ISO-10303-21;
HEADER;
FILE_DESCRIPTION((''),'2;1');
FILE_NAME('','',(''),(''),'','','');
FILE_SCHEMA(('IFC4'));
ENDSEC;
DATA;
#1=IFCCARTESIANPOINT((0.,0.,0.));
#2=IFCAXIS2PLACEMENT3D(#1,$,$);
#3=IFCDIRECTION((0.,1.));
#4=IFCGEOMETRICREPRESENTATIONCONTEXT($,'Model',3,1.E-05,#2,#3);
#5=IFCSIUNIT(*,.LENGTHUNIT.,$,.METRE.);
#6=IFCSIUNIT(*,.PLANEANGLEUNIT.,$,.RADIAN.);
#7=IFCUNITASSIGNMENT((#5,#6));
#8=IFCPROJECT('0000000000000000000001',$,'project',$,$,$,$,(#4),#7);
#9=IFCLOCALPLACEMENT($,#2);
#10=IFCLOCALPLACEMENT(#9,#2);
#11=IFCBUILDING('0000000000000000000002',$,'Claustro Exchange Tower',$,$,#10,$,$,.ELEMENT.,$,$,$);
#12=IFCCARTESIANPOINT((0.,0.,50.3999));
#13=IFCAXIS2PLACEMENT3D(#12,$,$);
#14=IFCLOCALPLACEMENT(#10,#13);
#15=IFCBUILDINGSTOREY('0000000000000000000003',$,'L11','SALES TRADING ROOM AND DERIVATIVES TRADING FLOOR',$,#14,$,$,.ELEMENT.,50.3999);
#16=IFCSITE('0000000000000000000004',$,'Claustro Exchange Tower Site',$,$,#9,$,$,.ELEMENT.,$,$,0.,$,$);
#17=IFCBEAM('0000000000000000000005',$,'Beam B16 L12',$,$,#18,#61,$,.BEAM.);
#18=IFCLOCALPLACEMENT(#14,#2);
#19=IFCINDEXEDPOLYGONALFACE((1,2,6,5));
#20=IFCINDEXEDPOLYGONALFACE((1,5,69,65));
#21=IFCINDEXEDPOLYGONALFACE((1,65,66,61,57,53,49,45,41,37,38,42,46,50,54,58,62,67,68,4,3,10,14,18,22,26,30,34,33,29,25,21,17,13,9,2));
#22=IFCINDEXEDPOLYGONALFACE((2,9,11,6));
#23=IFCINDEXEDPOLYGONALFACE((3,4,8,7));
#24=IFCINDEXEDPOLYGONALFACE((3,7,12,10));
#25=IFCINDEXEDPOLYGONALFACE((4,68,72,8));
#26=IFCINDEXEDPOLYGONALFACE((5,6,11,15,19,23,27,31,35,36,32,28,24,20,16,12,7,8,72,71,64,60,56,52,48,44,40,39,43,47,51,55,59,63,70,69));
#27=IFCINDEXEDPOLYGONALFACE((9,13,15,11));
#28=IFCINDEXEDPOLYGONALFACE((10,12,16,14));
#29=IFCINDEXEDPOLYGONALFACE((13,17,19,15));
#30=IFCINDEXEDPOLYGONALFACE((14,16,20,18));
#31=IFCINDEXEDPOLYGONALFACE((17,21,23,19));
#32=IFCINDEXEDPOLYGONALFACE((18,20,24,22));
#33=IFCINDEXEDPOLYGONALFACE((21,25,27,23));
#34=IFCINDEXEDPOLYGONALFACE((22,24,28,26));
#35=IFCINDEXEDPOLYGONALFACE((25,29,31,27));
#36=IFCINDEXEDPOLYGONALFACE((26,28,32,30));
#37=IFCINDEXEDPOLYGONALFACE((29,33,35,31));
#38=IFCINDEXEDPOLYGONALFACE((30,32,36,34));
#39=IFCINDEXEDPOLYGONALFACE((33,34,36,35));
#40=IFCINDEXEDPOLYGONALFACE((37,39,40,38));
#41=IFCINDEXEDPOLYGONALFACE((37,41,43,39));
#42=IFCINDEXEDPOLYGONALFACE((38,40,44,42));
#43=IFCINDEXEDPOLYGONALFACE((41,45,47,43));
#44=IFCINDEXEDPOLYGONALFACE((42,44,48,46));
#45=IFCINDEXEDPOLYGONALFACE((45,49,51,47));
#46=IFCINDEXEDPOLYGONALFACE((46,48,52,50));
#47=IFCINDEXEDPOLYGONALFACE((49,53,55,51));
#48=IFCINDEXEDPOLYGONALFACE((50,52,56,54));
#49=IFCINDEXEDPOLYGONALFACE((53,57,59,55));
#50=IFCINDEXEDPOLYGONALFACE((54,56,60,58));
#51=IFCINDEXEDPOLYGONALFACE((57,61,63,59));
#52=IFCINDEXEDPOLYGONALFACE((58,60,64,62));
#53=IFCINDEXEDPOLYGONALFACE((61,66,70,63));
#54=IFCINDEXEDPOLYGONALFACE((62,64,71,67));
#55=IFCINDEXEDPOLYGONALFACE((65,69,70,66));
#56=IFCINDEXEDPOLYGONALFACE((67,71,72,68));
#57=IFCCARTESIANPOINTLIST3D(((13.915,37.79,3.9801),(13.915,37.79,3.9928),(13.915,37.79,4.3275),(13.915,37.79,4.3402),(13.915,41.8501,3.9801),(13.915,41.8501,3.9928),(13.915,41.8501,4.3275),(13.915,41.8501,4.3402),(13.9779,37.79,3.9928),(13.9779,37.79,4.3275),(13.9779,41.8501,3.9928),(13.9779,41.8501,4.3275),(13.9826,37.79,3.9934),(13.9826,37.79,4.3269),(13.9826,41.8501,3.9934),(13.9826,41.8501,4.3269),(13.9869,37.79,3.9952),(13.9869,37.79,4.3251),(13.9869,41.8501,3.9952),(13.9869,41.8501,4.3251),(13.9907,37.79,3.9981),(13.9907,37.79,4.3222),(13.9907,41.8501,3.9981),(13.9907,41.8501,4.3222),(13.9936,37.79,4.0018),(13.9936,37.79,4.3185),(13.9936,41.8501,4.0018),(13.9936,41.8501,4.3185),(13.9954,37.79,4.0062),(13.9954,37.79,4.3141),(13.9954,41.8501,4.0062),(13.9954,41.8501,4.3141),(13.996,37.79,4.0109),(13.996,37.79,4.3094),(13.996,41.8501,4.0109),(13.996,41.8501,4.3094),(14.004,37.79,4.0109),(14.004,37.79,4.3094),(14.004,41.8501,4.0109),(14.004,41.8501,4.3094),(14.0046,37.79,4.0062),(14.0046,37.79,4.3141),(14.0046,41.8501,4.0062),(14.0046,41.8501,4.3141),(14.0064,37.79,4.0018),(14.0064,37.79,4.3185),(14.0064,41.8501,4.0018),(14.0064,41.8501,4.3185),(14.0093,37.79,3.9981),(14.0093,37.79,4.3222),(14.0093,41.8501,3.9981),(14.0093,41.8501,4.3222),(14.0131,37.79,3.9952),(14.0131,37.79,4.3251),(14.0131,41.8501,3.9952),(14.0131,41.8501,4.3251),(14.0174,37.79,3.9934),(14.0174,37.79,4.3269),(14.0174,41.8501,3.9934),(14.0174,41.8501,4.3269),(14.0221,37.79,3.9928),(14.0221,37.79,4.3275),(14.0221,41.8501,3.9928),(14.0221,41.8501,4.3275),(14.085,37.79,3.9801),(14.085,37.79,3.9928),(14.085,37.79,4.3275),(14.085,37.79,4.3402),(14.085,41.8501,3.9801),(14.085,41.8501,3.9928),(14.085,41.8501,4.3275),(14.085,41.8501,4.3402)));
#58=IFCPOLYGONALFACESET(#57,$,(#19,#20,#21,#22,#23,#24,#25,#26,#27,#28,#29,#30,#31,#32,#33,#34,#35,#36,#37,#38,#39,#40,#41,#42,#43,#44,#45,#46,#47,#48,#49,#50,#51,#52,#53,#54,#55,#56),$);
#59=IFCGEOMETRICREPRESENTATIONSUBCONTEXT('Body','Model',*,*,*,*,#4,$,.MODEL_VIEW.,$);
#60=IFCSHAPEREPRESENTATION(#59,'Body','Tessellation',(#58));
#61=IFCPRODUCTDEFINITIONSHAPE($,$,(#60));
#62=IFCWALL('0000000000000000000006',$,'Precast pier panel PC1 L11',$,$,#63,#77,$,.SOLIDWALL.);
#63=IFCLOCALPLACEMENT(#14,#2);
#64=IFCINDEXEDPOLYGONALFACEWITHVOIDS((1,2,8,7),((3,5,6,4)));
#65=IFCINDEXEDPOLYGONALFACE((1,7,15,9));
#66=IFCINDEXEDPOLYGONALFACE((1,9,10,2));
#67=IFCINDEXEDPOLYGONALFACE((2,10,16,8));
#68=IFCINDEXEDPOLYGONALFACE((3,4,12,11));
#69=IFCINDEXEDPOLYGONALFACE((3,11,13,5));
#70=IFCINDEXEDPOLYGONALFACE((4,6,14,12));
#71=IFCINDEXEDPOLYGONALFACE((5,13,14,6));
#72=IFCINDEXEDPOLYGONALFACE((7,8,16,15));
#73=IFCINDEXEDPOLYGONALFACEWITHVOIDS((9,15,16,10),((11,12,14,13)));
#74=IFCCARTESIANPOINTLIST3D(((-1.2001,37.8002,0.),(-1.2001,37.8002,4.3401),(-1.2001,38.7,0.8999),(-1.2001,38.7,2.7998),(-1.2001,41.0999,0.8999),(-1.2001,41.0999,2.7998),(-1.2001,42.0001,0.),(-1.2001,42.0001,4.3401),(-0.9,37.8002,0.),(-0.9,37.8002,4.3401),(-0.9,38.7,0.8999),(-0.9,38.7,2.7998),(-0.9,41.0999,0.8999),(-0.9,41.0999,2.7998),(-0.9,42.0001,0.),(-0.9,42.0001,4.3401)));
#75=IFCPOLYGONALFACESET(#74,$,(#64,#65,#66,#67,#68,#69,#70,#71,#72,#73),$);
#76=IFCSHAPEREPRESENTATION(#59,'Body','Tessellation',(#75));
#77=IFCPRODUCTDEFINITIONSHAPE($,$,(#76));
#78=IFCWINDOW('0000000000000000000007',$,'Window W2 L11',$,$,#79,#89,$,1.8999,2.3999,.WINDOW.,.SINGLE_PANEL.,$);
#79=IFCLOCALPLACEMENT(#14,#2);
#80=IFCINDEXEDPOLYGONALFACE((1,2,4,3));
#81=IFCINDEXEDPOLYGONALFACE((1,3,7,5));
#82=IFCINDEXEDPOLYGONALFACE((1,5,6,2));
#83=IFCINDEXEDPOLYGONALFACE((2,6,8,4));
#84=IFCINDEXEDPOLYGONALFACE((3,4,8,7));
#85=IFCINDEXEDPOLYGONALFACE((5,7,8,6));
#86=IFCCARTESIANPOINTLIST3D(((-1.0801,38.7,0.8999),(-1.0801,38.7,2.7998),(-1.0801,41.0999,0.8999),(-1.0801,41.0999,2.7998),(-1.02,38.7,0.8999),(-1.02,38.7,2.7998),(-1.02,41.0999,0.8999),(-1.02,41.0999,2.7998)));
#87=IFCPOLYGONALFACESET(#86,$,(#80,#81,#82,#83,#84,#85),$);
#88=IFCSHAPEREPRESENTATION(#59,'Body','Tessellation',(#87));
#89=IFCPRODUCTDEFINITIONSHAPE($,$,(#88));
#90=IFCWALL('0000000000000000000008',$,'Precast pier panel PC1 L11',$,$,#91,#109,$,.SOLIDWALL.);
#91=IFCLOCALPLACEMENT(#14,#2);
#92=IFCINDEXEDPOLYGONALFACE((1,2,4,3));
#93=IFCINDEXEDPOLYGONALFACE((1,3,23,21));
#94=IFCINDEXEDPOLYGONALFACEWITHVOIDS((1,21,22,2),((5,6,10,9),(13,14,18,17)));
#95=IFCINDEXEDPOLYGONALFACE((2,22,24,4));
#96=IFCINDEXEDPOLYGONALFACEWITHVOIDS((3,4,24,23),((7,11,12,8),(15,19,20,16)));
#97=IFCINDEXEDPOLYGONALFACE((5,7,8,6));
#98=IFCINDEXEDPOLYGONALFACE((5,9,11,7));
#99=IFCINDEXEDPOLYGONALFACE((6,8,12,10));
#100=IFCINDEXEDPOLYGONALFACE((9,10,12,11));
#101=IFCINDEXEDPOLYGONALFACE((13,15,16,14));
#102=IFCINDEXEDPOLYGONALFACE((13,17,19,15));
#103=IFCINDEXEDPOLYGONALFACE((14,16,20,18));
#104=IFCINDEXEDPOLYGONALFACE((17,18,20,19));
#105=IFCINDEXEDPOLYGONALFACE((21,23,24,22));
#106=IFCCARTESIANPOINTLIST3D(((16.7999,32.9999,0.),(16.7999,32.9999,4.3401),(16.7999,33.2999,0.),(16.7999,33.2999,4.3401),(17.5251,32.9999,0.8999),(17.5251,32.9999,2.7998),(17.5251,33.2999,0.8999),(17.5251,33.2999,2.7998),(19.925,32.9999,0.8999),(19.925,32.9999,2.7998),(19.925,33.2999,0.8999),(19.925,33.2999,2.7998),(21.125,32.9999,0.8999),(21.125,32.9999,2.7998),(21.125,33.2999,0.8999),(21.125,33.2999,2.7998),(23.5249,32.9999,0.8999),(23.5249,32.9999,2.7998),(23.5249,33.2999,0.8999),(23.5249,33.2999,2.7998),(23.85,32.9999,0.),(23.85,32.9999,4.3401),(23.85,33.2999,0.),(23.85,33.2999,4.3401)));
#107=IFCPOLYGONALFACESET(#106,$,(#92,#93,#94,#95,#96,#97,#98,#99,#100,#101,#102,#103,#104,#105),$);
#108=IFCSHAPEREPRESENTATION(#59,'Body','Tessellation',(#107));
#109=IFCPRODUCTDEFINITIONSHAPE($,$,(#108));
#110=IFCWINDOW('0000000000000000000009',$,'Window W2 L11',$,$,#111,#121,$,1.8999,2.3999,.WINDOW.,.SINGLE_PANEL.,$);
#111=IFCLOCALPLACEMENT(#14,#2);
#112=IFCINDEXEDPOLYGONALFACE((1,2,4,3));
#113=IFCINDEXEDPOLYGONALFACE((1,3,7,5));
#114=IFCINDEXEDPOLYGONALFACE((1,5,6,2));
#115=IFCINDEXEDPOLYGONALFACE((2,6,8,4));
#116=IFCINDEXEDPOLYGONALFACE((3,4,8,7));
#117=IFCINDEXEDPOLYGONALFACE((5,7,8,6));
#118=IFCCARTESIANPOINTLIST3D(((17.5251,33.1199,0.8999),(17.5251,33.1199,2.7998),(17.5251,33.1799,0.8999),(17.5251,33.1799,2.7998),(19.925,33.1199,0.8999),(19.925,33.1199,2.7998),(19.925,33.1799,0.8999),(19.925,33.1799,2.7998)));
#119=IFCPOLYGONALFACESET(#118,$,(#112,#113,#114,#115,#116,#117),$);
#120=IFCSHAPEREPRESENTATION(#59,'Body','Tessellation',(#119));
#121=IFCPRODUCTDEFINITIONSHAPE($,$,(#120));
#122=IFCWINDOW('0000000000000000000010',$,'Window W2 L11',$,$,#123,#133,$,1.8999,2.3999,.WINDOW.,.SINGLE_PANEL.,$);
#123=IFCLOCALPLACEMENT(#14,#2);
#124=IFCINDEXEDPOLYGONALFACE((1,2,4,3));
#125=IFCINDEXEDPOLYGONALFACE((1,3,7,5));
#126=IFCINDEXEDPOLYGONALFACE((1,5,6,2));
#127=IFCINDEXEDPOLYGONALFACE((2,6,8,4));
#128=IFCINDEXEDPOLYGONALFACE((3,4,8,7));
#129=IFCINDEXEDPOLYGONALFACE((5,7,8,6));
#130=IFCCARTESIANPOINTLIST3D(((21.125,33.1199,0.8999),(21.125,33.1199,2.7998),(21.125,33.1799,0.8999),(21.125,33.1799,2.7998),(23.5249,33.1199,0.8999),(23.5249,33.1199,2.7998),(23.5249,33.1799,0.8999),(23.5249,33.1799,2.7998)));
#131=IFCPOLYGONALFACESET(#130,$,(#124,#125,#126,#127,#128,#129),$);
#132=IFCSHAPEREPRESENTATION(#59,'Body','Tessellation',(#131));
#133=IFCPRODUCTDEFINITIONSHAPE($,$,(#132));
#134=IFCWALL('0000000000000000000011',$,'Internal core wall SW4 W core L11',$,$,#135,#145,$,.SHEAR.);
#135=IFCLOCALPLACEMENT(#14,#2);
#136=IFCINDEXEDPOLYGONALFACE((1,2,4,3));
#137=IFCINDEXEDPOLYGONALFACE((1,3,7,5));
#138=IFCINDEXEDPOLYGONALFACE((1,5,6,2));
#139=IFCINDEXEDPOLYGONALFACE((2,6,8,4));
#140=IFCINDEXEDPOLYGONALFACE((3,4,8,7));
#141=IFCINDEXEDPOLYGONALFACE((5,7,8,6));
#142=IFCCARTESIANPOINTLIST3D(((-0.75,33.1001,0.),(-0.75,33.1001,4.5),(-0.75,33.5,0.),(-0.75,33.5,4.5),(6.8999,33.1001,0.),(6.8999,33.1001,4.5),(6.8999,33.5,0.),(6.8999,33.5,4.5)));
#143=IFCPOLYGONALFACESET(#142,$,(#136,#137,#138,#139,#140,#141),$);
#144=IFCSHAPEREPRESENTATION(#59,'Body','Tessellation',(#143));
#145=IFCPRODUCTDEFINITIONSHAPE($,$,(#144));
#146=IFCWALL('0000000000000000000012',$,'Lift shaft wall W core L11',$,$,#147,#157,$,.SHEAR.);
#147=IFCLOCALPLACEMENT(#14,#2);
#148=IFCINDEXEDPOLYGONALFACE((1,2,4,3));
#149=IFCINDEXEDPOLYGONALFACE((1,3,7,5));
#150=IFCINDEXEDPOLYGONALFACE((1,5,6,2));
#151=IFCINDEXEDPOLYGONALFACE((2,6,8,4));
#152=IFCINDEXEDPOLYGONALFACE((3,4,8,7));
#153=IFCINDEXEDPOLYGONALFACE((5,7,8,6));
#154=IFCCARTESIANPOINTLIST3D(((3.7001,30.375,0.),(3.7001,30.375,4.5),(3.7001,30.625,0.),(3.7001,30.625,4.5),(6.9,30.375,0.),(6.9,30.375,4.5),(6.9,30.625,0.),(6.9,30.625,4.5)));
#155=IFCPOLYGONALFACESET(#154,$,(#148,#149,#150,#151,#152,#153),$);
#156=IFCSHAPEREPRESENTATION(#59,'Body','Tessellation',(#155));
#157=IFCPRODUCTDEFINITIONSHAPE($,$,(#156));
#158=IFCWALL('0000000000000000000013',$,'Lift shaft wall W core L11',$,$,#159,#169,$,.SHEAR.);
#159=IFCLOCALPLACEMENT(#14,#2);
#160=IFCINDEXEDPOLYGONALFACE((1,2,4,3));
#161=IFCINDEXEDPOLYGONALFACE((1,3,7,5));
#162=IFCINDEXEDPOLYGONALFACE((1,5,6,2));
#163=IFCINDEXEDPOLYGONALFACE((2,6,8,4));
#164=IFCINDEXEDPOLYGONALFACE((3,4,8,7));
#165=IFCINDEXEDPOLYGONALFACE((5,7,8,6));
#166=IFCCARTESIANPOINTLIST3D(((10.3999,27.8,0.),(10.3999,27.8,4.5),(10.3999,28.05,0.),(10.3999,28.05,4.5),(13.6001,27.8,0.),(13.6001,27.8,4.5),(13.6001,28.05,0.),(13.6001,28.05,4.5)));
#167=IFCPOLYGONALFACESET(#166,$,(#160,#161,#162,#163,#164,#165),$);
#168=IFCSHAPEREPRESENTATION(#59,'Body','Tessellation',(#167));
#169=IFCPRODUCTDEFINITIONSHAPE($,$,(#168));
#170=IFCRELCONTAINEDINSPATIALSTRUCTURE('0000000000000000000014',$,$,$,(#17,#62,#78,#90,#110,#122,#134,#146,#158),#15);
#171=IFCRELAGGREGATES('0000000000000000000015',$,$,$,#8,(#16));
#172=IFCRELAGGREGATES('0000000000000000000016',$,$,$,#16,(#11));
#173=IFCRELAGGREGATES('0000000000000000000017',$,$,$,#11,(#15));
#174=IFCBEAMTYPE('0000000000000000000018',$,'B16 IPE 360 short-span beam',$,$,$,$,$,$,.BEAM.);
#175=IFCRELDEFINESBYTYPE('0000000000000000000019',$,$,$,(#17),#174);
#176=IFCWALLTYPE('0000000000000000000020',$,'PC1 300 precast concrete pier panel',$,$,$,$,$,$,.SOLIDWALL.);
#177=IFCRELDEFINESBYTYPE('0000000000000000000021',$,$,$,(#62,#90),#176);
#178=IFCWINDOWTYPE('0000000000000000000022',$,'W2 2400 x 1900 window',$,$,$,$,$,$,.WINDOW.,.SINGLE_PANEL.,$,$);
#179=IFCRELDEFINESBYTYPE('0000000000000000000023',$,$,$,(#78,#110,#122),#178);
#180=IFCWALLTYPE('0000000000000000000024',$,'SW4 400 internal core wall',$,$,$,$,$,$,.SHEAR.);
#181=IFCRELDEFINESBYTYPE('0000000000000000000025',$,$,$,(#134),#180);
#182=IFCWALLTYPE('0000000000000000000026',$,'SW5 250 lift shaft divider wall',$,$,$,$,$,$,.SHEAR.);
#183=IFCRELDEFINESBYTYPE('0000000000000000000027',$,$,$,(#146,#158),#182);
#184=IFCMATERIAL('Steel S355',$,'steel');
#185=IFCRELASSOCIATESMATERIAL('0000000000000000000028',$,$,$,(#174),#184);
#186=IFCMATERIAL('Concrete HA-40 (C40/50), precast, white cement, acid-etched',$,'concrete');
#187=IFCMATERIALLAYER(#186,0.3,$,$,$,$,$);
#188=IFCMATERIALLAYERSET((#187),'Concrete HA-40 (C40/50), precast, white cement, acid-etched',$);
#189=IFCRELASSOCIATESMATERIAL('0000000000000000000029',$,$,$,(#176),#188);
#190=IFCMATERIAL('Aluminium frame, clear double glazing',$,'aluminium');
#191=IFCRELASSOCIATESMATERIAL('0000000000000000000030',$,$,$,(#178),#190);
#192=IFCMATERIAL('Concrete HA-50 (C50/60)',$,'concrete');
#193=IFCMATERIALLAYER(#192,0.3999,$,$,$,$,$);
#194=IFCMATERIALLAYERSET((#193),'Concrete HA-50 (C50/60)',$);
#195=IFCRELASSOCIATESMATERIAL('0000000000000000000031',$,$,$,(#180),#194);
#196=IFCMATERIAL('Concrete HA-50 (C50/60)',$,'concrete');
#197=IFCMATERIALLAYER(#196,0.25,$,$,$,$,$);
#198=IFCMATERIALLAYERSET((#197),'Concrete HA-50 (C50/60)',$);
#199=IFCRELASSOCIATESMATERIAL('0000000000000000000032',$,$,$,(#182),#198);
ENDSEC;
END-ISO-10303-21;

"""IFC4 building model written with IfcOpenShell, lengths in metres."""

from ifc_helpers import new_model, si_unit, direction, frame, frame_2d, origin, origin_2d, place, context, subcontext, project, spatial, rectangle, i_section, extrude, material, layer, layer_set, material_profile, profile_set, type_object, element, fill, save


model = new_model("IFC4")

# Units and contexts
model_context = context("Model", 3, precision=1e-05, world=origin(), true_north=direction((0.0, 1.0)))
body_context = subcontext(model_context, "Body", "Model", "MODEL_VIEW")
ifc_project = project(units=[si_unit("LENGTHUNIT", "METRE"), si_unit("PLANEANGLEUNIT", "RADIAN")], contexts=[model_context])

# Site, building, storey
site_placement = place(None, origin())
site = spatial("IfcSite", under=ifc_project, at=site_placement, Name="Claustro Exchange Tower Site", CompositionType="ELEMENT", RefElevation=0.0)
building_placement = place(site_placement, origin())
building = spatial("IfcBuilding", under=site, at=building_placement, Name="Claustro Exchange Tower", CompositionType="ELEMENT")
storey_placement = place(building_placement, frame((0.0, 0.0, 50.3999)))
storey = spatial("IfcBuildingStorey", under=building, at=storey_placement, Name="L11", Description="SALES TRADING ROOM AND DERIVATIVES TRADING FLOOR", CompositionType="ELEMENT", Elevation=50.3999)

# Beam
ifc_material_1 = material(Name="Steel S355", Category="steel")
ifc_material_profile_1 = material_profile(ifc_material_1, i_section(OverallWidth=0.1699, OverallDepth=0.3601, WebThickness=0.0081, FlangeThickness=0.0127, FilletRadius=0.0181, at=origin_2d()), Name="IPE 360")
ifc_profile_set_1 = profile_set([ifc_material_profile_1], Name="Steel S355")
beam_type_1 = type_object("IfcBeamType", Name="B16 IPE 360 short-span beam", PredefinedType="BEAM", material=ifc_profile_set_1)
for number, where, z_axis, x_axis, name in (
    (1, (14.0, 37.79, 4.1602), (0.0, 1.0, 0.0), (-1.0, 0.0, 0.0), "Beam B16 L12"),
):
    element("IfcBeam", number, at=place(storey_placement, frame(where, z_axis=z_axis, x_axis=x_axis)), inside=storey, type_object=beam_type_1, Name=name, PredefinedType="BEAM", context=body_context, shape_type="SweptSolid", body=[
        extrude(i_section(OverallWidth=0.1699, OverallDepth=0.3601, WebThickness=0.0081, FlangeThickness=0.0127, FilletRadius=0.0181, at=origin_2d()), origin(), (0.0, 0.0, 1.0), 4.0601),
    ])

# Wall, opening, window
ifc_material_2 = material(Name="Concrete HA-40 (C40/50), precast, white cement, acid-etched", Category="concrete")
ifc_layer_1 = layer(ifc_material_2, 0.3)
ifc_layer_set_1 = layer_set([ifc_layer_1], Name="Concrete HA-40 (C40/50), precast, white cement, acid-etched")
wall_type_1 = type_object("IfcWallType", Name="PC1 300 precast concrete pier panel", PredefinedType="SOLIDWALL", material=ifc_layer_set_1)
wall_1_placement = place(storey_placement, frame((-1.05, 37.8, 0.0), z_axis=(0.0, 0.0, 1.0), x_axis=(0.0, 1.0, 0.0)))
wall_1 = element("IfcWall", 2, at=wall_1_placement, inside=storey, type_object=wall_type_1, Name="Precast pier panel PC1 L11", PredefinedType="SOLIDWALL", context=body_context, shape_type="SweptSolid", body=[
    extrude(rectangle(XDim=4.2, YDim=0.3, at=frame_2d((2.1001, 0.0))), origin(), (0.0, 0.0, 1.0), 4.3401),
])
opening_1_placement = place(wall_1_placement, frame((0.8999, 0.0, 0.8999)))
opening_1 = element("IfcOpeningElement", 3, at=opening_1_placement, cuts=wall_1, PredefinedType="OPENING", context=body_context, shape_type="SweptSolid", body=[
    extrude(rectangle(XDim=2.3999, YDim=1.8999, at=frame_2d((1.2, 0.95))), frame((0.0, 0.1599, 0.0), z_axis=(0.0, -1.0, 0.0), x_axis=(1.0, 0.0, 0.0)), (0.0, 0.0, 1.0), 0.3201),
])
ifc_material_3 = material(Name="Aluminium frame, clear double glazing", Category="aluminium")
window_type = type_object("IfcWindowType", Name="W2 2400 x 1900 window", PartitioningType="SINGLE_PANEL", PredefinedType="WINDOW", material=ifc_material_3)
window_1_placement = place(opening_1_placement, origin())
window_1 = element("IfcWindow", 4, at=window_1_placement, inside=storey, type_object=window_type, Name="Window W2 L11", OverallHeight=1.8999, OverallWidth=2.3999, PartitioningType="SINGLE_PANEL", PredefinedType="WINDOW", context=body_context, shape_type="SweptSolid", body=[
    extrude(rectangle(XDim=2.3999, YDim=1.8999, at=frame_2d((1.2, 0.95))), frame((0.0, 0.03, 0.0), z_axis=(0.0, -1.0, 0.0), x_axis=(1.0, 0.0, 0.0)), (0.0, 0.0, 1.0), 0.0601),
])
fill(opening_1, window_1)

# Wall, openings, windows
wall_2_placement = place(storey_placement, frame((16.8, 33.1499, 0.0), z_axis=(0.0, 0.0, 1.0), x_axis=(1.0, 0.0, 0.0)))
wall_2 = element("IfcWall", 5, at=wall_2_placement, inside=storey, type_object=wall_type_1, Name="Precast pier panel PC1 L11", PredefinedType="SOLIDWALL", context=body_context, shape_type="SweptSolid", body=[
    extrude(rectangle(XDim=7.05, YDim=0.3, at=frame_2d((3.5249, 0.0))), origin(), (0.0, 0.0, 1.0), 4.3401),
])
opening_2_placement = place(wall_2_placement, frame((0.7251, 0.0, 0.8999)))
opening_2 = element("IfcOpeningElement", 6, at=opening_2_placement, cuts=wall_2, PredefinedType="OPENING", context=body_context, shape_type="SweptSolid", body=[
    extrude(rectangle(XDim=2.3999, YDim=1.8999, at=frame_2d((1.2, 0.95))), frame((0.0, 0.1599, 0.0), z_axis=(0.0, -1.0, 0.0), x_axis=(1.0, 0.0, 0.0)), (0.0, 0.0, 1.0), 0.3201),
])
opening_3_placement = place(wall_2_placement, frame((4.325, 0.0, 0.8999)))
opening_3 = element("IfcOpeningElement", 7, at=opening_3_placement, cuts=wall_2, PredefinedType="OPENING", context=body_context, shape_type="SweptSolid", body=[
    extrude(rectangle(XDim=2.3999, YDim=1.8999, at=frame_2d((1.2, 0.95))), frame((0.0, 0.1599, 0.0), z_axis=(0.0, -1.0, 0.0), x_axis=(1.0, 0.0, 0.0)), (0.0, 0.0, 1.0), 0.3201),
])
window_2_placement = place(opening_2_placement, origin())
window_2 = element("IfcWindow", 8, at=window_2_placement, inside=storey, type_object=window_type, Name="Window W2 L11", OverallHeight=1.8999, OverallWidth=2.3999, PartitioningType="SINGLE_PANEL", PredefinedType="WINDOW", context=body_context, shape_type="SweptSolid", body=[
    extrude(rectangle(XDim=2.3999, YDim=1.8999, at=frame_2d((1.2, 0.95))), frame((0.0, 0.03, 0.0), z_axis=(0.0, -1.0, 0.0), x_axis=(1.0, 0.0, 0.0)), (0.0, 0.0, 1.0), 0.0601),
])
fill(opening_2, window_2)
window_3_placement = place(opening_3_placement, origin())
window_3 = element("IfcWindow", 9, at=window_3_placement, inside=storey, type_object=window_type, Name="Window W2 L11", OverallHeight=1.8999, OverallWidth=2.3999, PartitioningType="SINGLE_PANEL", PredefinedType="WINDOW", context=body_context, shape_type="SweptSolid", body=[
    extrude(rectangle(XDim=2.3999, YDim=1.8999, at=frame_2d((1.2, 0.95))), frame((0.0, 0.03, 0.0), z_axis=(0.0, -1.0, 0.0), x_axis=(1.0, 0.0, 0.0)), (0.0, 0.0, 1.0), 0.0601),
])
fill(opening_3, window_3)

# Walls
ifc_material_4 = material(Name="Concrete HA-50 (C50/60)", Category="concrete")
ifc_layer_2 = layer(ifc_material_4, 0.3999)
ifc_layer_set_2 = layer_set([ifc_layer_2], Name="Concrete HA-50 (C50/60)")
wall_type_2 = type_object("IfcWallType", Name="SW4 400 internal core wall", PredefinedType="SHEAR", material=ifc_layer_set_2)
wall_3_placement = place(storey_placement, frame((-0.75, 33.3, 0.0), z_axis=(0.0, 0.0, 1.0), x_axis=(1.0, 0.0, 0.0)))
element("IfcWall", 10, at=wall_3_placement, inside=storey, type_object=wall_type_2, Name="Internal core wall SW4 W core L11", PredefinedType="SHEAR", context=body_context, shape_type="SweptSolid", body=[
    extrude(rectangle(XDim=7.6499, YDim=0.3999, at=frame_2d((3.825, 0.0))), origin(), (0.0, 0.0, 1.0), 4.5),
])
ifc_material_5 = material(Name="Concrete HA-50 (C50/60)", Category="concrete")
ifc_layer_3 = layer(ifc_material_5, 0.25)
ifc_layer_set_3 = layer_set([ifc_layer_3], Name="Concrete HA-50 (C50/60)")
wall_type_3 = type_object("IfcWallType", Name="SW5 250 lift shaft divider wall", PredefinedType="SHEAR", material=ifc_layer_set_3)
wall_4_placement = place(storey_placement, frame((3.7, 30.5, 0.0), z_axis=(0.0, 0.0, 1.0), x_axis=(1.0, 0.0, 0.0)))
element("IfcWall", 11, at=wall_4_placement, inside=storey, type_object=wall_type_3, Name="Lift shaft wall W core L11", PredefinedType="SHEAR", context=body_context, shape_type="SweptSolid", body=[
    extrude(rectangle(XDim=3.2, YDim=0.25, at=frame_2d((1.6001, 0.0))), origin(), (0.0, 0.0, 1.0), 4.5),
])
for number, where, z_axis, x_axis, name in (
    (12, (10.3999, 27.925, 0.0), (0.0, 0.0, 1.0), (1.0, 0.0, 0.0), "Lift shaft wall W core L11"),
):
    element("IfcWall", number, at=place(storey_placement, frame(where, z_axis=z_axis, x_axis=x_axis)), inside=storey, type_object=wall_type_3, Name=name, PredefinedType="SHEAR", context=body_context, shape_type="SweptSolid", body=[
        extrude(rectangle(XDim=3.2002, YDim=0.25, at=frame_2d((1.6001, 0.0))), origin(), (0.0, 0.0, 1.0), 4.5),
    ])

save(model, "model.ifc")
